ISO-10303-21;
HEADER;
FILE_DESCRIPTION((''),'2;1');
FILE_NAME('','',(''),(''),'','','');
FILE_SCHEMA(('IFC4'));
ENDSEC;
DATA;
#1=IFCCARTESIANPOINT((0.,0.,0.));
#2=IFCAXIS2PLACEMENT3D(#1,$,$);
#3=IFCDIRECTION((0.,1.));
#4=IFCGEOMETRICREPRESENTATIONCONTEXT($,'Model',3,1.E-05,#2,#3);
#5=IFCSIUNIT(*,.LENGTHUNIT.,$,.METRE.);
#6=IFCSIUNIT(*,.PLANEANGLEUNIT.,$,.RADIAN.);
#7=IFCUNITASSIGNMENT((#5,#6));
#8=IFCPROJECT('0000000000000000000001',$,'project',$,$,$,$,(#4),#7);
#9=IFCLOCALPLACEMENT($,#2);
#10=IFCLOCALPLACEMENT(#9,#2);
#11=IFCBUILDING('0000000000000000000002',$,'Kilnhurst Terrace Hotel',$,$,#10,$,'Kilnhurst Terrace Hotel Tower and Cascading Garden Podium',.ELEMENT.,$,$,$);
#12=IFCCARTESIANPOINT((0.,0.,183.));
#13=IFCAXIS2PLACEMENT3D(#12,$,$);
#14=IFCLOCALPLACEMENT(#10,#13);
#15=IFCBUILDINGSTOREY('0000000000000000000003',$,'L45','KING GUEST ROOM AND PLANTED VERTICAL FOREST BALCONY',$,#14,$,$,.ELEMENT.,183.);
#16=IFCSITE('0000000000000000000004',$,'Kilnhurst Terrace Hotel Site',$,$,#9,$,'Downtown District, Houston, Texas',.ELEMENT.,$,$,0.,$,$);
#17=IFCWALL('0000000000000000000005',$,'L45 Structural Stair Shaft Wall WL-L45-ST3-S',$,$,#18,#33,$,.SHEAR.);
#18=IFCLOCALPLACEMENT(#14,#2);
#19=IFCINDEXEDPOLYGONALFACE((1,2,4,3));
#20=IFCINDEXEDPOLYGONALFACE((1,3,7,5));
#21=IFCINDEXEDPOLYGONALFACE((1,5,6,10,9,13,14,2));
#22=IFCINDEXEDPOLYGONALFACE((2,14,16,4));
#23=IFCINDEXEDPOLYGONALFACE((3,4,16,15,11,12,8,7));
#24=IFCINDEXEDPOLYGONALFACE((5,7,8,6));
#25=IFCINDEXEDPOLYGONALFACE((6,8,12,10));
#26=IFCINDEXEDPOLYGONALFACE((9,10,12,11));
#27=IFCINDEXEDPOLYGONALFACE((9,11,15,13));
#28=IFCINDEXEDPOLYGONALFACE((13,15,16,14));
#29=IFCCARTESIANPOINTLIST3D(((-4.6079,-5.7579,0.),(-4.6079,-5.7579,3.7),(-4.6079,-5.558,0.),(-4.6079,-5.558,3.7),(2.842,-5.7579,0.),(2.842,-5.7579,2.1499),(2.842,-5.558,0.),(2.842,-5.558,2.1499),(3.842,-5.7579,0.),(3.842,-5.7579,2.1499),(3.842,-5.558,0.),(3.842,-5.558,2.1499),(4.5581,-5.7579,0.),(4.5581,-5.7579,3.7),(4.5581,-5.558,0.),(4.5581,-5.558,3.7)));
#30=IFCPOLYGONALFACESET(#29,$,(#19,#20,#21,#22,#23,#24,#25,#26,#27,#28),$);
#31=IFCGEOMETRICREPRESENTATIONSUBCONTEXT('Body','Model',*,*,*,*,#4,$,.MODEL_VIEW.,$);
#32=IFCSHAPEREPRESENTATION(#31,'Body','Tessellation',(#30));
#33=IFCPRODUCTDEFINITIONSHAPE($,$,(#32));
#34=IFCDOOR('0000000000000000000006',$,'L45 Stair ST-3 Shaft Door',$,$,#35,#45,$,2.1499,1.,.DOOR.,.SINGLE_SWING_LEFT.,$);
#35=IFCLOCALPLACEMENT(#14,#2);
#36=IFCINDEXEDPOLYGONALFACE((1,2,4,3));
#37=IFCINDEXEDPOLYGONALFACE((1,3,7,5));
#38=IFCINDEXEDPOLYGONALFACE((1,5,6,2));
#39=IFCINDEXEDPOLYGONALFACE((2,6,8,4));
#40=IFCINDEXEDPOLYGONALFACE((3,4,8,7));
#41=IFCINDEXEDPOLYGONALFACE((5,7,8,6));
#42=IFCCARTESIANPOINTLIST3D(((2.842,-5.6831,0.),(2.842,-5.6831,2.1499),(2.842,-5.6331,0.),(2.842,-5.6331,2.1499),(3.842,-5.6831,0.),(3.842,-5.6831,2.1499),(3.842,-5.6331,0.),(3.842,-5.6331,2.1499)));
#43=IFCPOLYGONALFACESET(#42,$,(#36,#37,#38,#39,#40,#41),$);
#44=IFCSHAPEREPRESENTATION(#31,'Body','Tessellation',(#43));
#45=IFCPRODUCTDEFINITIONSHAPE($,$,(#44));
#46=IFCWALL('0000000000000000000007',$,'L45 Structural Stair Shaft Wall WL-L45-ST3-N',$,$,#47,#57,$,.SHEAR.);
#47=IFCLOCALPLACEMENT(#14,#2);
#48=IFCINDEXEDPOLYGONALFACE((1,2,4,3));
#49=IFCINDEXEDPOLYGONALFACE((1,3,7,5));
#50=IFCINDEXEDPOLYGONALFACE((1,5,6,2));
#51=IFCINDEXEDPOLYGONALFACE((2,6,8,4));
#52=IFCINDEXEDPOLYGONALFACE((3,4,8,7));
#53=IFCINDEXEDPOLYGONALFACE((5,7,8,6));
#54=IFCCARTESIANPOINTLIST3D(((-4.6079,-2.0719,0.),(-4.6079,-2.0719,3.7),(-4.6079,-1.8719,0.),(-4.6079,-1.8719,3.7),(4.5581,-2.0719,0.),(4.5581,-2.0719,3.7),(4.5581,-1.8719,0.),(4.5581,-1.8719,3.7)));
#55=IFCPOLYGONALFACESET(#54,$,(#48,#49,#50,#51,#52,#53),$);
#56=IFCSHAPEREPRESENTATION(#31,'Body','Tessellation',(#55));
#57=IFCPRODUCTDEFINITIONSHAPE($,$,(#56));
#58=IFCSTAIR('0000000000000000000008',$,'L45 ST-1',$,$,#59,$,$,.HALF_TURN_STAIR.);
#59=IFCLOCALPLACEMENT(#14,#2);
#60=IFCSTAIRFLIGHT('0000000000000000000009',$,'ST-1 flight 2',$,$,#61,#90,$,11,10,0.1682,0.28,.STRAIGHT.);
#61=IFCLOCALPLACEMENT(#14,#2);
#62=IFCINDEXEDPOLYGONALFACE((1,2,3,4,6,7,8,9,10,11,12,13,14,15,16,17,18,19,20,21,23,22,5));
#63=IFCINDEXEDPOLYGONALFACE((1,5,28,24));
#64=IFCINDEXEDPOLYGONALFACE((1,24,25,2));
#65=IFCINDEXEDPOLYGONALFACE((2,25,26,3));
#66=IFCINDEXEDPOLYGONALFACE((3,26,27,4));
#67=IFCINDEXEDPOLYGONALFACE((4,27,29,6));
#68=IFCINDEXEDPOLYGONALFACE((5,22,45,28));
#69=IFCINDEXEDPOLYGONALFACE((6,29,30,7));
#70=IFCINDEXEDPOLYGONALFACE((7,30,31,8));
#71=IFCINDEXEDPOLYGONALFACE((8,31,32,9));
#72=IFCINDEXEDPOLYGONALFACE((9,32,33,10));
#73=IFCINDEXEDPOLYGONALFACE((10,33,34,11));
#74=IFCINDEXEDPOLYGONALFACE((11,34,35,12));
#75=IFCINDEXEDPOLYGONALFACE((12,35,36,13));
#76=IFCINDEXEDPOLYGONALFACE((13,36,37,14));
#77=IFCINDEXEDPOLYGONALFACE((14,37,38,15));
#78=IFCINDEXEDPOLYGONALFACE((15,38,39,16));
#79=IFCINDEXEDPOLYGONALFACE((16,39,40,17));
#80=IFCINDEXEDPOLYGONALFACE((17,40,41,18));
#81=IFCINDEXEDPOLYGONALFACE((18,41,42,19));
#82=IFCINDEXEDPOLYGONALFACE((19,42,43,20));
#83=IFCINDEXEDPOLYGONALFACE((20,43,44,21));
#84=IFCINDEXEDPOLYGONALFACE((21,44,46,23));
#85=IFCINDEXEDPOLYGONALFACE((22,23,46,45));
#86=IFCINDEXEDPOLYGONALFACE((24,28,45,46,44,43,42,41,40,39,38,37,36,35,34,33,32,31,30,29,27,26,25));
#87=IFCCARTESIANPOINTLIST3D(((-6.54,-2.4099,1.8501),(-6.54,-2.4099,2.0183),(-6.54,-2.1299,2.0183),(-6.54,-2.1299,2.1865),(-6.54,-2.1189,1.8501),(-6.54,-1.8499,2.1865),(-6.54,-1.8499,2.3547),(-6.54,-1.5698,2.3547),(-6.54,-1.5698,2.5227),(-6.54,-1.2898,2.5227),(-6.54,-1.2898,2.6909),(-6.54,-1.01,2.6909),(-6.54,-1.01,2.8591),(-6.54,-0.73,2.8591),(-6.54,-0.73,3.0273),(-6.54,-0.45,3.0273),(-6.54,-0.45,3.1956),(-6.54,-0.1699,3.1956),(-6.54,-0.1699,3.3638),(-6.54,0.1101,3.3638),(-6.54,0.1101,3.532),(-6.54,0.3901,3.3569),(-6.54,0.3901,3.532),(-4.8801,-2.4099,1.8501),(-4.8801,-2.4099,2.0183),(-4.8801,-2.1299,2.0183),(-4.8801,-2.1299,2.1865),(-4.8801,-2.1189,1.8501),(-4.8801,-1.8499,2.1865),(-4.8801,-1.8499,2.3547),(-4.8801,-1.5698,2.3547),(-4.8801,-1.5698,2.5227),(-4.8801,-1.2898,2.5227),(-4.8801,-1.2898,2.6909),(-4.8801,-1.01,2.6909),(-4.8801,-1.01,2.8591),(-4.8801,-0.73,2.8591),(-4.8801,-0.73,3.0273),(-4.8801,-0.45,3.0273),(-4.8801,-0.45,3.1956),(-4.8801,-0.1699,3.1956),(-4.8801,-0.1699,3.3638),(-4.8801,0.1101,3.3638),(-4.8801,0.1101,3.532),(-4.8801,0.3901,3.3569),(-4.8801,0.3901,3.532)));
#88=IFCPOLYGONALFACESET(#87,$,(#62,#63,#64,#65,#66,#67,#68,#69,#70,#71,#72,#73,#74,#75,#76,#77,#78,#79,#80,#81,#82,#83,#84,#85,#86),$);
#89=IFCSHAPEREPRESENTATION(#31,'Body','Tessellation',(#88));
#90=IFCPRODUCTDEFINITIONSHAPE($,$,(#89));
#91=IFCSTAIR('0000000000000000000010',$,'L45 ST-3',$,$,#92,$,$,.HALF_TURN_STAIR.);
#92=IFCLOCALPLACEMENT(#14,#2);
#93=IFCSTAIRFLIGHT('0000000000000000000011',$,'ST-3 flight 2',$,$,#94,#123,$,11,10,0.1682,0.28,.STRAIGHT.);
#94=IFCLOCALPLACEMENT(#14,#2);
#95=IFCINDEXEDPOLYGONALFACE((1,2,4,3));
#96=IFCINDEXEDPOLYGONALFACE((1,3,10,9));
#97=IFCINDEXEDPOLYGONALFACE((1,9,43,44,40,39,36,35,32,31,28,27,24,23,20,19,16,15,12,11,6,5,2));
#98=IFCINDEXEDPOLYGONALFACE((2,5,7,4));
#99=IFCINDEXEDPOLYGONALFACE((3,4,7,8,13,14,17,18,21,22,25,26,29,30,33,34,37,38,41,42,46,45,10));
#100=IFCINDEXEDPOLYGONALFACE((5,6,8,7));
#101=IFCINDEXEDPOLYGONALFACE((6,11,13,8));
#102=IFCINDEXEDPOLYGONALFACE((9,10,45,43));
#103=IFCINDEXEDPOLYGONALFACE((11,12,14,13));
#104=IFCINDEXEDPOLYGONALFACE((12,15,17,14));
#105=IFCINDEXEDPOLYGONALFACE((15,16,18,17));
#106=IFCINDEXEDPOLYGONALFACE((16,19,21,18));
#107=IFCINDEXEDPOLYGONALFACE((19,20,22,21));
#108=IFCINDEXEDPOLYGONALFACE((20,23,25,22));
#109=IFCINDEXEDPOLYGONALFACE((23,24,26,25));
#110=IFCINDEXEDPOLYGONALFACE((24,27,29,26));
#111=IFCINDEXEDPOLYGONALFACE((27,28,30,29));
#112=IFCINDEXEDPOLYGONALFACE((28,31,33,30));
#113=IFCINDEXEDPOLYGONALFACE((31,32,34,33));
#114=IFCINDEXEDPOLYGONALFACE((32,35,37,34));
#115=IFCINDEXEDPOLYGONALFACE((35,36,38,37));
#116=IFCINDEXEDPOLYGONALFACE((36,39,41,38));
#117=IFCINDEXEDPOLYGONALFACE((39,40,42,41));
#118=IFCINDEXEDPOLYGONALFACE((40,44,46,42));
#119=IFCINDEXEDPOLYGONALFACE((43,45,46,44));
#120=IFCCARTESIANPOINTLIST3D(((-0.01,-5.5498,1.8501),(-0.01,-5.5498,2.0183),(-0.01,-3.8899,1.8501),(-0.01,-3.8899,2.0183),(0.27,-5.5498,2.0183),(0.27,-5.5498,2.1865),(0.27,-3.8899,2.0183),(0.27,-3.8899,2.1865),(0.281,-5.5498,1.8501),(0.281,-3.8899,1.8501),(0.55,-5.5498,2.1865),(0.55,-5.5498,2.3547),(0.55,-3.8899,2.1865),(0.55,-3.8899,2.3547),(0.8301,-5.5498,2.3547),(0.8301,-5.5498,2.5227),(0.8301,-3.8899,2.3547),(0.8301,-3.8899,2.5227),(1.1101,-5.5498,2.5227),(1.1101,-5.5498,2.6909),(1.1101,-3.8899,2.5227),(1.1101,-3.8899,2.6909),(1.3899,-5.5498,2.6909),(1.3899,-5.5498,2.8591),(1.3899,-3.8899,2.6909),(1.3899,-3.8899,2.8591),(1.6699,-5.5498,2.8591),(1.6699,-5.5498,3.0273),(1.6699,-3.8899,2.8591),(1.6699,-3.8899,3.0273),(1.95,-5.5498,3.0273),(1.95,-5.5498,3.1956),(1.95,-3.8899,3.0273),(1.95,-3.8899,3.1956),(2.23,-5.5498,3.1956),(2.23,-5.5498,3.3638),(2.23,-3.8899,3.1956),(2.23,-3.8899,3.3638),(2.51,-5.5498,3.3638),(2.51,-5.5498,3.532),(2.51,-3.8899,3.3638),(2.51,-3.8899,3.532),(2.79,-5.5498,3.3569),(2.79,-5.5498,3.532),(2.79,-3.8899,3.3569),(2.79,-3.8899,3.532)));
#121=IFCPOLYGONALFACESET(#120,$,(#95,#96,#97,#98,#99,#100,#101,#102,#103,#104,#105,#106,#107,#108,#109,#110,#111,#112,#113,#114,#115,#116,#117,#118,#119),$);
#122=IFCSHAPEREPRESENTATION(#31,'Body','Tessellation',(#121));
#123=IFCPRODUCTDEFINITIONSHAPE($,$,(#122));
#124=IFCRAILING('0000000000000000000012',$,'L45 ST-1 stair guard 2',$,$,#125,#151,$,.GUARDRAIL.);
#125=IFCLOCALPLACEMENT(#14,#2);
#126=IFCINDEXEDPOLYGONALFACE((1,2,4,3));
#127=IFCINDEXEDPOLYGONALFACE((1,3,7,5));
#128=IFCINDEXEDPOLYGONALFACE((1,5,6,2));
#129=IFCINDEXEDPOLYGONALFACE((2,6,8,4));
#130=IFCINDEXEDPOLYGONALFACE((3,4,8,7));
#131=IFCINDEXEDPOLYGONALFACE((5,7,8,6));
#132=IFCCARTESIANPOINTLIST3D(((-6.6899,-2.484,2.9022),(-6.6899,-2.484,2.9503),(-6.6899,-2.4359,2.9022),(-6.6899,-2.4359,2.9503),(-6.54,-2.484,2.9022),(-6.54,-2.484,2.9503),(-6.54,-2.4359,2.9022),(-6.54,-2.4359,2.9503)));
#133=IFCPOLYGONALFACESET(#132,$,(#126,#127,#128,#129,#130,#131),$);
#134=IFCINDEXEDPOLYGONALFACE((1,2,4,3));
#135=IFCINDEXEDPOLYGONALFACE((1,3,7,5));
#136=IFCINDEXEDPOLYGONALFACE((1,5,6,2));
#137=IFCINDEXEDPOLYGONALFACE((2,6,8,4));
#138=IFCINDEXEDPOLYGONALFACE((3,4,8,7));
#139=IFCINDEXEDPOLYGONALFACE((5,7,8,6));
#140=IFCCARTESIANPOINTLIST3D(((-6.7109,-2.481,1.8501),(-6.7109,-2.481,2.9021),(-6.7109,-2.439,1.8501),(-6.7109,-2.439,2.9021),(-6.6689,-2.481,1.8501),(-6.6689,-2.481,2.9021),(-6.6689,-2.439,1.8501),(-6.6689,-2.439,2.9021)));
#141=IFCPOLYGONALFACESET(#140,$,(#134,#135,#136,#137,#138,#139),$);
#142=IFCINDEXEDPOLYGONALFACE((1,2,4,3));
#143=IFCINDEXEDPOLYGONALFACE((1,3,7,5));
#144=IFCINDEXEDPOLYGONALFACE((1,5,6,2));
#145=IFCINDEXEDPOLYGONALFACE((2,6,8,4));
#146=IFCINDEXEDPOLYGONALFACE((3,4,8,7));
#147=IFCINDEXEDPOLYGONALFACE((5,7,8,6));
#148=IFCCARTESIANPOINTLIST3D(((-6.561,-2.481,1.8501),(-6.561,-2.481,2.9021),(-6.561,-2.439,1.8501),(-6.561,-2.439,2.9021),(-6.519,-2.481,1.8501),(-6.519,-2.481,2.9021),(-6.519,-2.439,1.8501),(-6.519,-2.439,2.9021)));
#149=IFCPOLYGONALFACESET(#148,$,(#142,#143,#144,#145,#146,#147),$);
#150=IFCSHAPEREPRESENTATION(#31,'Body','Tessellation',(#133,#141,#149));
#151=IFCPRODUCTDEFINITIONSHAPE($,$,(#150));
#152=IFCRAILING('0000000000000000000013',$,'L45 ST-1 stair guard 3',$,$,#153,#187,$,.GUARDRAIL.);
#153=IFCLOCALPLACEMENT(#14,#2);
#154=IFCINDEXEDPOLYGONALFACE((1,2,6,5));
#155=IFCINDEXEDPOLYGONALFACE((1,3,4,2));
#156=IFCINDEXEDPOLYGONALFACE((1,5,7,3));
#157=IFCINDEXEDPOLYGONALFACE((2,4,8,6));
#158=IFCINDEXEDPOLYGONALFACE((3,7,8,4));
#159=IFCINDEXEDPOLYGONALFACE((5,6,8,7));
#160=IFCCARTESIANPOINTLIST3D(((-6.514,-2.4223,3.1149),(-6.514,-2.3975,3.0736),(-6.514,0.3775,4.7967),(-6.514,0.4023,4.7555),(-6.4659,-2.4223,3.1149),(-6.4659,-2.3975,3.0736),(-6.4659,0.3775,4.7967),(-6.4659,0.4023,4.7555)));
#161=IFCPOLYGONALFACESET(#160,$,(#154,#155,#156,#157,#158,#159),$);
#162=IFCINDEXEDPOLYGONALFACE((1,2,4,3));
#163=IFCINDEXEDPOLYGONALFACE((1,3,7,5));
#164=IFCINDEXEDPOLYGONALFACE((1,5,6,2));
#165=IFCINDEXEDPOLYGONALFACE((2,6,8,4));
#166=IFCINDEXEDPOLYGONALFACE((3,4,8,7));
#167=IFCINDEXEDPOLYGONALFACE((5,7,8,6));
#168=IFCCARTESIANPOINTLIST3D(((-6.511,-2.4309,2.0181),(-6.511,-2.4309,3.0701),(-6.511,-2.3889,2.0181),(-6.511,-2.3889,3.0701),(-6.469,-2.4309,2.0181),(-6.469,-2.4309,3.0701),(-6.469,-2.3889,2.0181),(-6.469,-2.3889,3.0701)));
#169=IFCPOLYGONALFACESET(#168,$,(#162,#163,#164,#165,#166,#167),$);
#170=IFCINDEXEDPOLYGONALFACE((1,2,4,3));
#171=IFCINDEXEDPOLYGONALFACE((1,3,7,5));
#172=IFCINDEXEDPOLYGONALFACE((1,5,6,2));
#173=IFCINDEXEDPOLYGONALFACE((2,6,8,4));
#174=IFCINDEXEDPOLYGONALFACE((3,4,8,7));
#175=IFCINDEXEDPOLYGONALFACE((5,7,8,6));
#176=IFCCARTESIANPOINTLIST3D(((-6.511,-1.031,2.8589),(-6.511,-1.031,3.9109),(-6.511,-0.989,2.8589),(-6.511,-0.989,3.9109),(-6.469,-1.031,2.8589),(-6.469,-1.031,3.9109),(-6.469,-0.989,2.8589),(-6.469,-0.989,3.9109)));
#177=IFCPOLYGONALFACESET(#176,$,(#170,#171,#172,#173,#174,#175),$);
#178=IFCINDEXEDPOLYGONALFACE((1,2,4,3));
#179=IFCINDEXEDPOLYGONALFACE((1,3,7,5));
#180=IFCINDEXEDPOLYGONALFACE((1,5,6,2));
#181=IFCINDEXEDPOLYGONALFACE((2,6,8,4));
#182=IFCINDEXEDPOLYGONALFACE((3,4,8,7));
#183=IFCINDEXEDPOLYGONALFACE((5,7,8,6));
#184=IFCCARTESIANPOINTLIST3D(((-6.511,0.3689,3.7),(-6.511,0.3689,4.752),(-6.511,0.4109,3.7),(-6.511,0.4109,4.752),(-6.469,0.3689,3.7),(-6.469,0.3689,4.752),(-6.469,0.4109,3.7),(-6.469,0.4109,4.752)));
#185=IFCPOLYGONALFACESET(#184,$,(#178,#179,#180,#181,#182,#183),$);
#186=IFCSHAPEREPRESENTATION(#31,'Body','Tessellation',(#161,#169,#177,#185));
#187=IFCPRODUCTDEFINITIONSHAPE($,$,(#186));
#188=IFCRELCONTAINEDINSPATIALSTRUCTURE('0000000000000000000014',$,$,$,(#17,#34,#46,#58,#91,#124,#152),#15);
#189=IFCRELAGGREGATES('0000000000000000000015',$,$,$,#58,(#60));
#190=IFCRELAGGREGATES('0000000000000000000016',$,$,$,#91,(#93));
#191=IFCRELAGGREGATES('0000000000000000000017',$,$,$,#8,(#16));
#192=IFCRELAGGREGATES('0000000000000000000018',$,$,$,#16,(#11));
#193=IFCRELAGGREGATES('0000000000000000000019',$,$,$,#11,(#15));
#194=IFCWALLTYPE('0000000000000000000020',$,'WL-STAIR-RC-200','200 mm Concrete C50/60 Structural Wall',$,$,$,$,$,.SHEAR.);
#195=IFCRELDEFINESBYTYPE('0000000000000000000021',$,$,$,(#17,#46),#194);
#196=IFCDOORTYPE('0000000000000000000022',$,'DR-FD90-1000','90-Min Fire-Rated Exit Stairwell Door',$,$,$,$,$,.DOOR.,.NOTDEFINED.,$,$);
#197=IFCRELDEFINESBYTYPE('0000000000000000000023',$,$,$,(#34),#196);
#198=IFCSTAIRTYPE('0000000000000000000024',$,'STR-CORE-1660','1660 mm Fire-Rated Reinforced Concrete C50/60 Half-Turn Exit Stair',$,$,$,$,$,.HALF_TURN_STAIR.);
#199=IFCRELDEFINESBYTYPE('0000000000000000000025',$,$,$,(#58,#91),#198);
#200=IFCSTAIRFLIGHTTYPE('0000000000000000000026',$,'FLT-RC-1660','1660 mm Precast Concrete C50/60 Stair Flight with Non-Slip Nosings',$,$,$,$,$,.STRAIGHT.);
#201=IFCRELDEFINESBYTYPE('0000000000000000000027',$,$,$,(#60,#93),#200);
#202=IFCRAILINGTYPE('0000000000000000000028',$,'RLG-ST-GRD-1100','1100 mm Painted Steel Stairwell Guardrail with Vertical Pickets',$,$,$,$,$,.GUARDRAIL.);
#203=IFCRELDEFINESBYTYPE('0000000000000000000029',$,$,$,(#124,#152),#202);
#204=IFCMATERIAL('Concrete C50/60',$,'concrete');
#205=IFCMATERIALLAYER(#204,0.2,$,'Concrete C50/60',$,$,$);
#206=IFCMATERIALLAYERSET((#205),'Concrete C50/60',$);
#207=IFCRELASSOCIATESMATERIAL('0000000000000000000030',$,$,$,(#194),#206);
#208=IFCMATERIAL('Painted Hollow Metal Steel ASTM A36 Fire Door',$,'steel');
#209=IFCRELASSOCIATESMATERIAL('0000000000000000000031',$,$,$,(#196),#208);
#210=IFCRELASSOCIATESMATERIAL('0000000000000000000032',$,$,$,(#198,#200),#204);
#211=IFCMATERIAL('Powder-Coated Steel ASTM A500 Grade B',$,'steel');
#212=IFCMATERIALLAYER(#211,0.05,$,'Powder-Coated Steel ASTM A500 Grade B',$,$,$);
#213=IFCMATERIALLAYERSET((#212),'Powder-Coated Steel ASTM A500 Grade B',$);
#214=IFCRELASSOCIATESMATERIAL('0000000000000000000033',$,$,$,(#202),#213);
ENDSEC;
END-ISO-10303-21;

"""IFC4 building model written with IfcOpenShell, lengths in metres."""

from ifc_helpers import new_model, si_unit, direction, frame, frame_2d, origin, origin_2d, place, context, subcontext, project, spatial, polyline, rectangle, outline, extrude, material, layer, layer_set, type_object, element, fill, aggregate, save


model = new_model("IFC4")

# Units and contexts
model_context = context("Model", 3, precision=1e-05, world=origin(), true_north=direction((0.0, 1.0)))
body_context = subcontext(model_context, "Body", "Model", "MODEL_VIEW")
ifc_project = project(units=[si_unit("LENGTHUNIT", "METRE"), si_unit("PLANEANGLEUNIT", "RADIAN")], contexts=[model_context])

# Site, building, storey
site_placement = place(None, origin())
site = spatial("IfcSite", under=ifc_project, at=site_placement, Name="Kilnhurst Terrace Hotel Site", LongName="Downtown District, Houston, Texas", CompositionType="ELEMENT", RefElevation=0.0)
building_placement = place(site_placement, origin())
building = spatial("IfcBuilding", under=site, at=building_placement, Name="Kilnhurst Terrace Hotel", LongName="Kilnhurst Terrace Hotel Tower and Cascading Garden Podium", CompositionType="ELEMENT")
storey_placement = place(building_placement, frame((0.0, 0.0, 183.0)))
storey = spatial("IfcBuildingStorey", under=building, at=storey_placement, Name="L45", Description="KING GUEST ROOM AND PLANTED VERTICAL FOREST BALCONY", CompositionType="ELEMENT", Elevation=183.0)

# Shared definitions
ifc_material_1 = material(Name="Concrete C50/60", Category="concrete")

# Shared definitions
ifc_layer_1 = layer(ifc_material_1, 0.2, Name="Concrete C50/60")
ifc_layer_set_1 = layer_set([ifc_layer_1], Name="Concrete C50/60")
wall_type_1 = type_object("IfcWallType", Name="WL-STAIR-RC-200", Description="200 mm Concrete C50/60 Structural Wall", PredefinedType="SHEAR", material=ifc_layer_set_1)

# Wall, opening, door
wall_1_placement = place(storey_placement, frame((-4.6079, -5.658, 0.0), z_axis=(0.0, 0.0, 1.0), x_axis=(1.0, 0.0, 0.0)))
wall_1 = element("IfcWall", 1, at=wall_1_placement, inside=storey, type_object=wall_type_1, Name="L45 Structural Stair Shaft Wall WL-L45-ST3-S", PredefinedType="SHEAR", context=body_context, shape_type="SweptSolid", body=[
    extrude(rectangle(XDim=9.166, YDim=0.2, at=frame_2d((4.583, 0.0))), origin(), (0.0, 0.0, 1.0), 3.7),
])
opening_1_placement = place(wall_1_placement, frame((7.45, 0.0, 0.0)))
opening_1 = element("IfcOpeningElement", 2, at=opening_1_placement, cuts=wall_1, PredefinedType="OPENING", context=body_context, shape_type="SweptSolid", body=[
    extrude(rectangle(XDim=1.0, YDim=2.1499, at=frame_2d((0.5, 1.075))), frame((0.0, 0.1099, 0.0), z_axis=(0.0, -1.0, 0.0), x_axis=(1.0, 0.0, 0.0)), (0.0, 0.0, 1.0), 0.22),
])
ifc_material_2 = material(Name="Painted Hollow Metal Steel ASTM A36 Fire Door", Category="steel")
door_type_1 = type_object("IfcDoorType", Name="DR-FD90-1000", Description="90-Min Fire-Rated Exit Stairwell Door", OperationType="NOTDEFINED", PredefinedType="DOOR", material=ifc_material_2)
door_1_placement = place(opening_1_placement, origin())
door_1 = element("IfcDoor", 3, at=door_1_placement, inside=storey, type_object=door_type_1, Name="L45 Stair ST-3 Shaft Door", OperationType="SINGLE_SWING_LEFT", OverallHeight=2.1499, OverallWidth=1.0, PredefinedType="DOOR", context=body_context, shape_type="SweptSolid", body=[
    extrude(rectangle(XDim=1.0, YDim=2.1499, at=frame_2d((0.5, 1.075))), frame((0.0, 0.0249, 0.0), z_axis=(0.0, -1.0, 0.0), x_axis=(1.0, 0.0, 0.0)), (0.0, 0.0, 1.0), 0.05),
])
fill(opening_1, door_1)

# Wall
wall_2_placement = place(storey_placement, frame((-4.6079, -1.9719, 0.0), z_axis=(0.0, 0.0, 1.0), x_axis=(1.0, 0.0, 0.0)))
element("IfcWall", 4, at=wall_2_placement, inside=storey, type_object=wall_type_1, Name="L45 Structural Stair Shaft Wall WL-L45-ST3-N", PredefinedType="SHEAR", context=body_context, shape_type="SweptSolid", body=[
    extrude(rectangle(XDim=9.166, YDim=0.2, at=frame_2d((4.583, 0.0))), origin(), (0.0, 0.0, 1.0), 3.7),
])

# Stairs, stair flights
stair_type = type_object("IfcStairType", Name="STR-CORE-1660", Description="1660 mm Fire-Rated Reinforced Concrete C50/60 Half-Turn Exit Stair", PredefinedType="HALF_TURN_STAIR", material=ifc_material_1)
stair_1_placement = place(storey_placement, origin())
stair_1 = element("IfcStair", 5, at=stair_1_placement, inside=storey, type_object=stair_type, Name="L45 ST-1", PredefinedType="HALF_TURN_STAIR")
stair_flight_type = type_object("IfcStairFlightType", Name="FLT-RC-1660", Description="1660 mm Precast Concrete C50/60 Stair Flight with Non-Slip Nosings", PredefinedType="STRAIGHT", material=ifc_material_1)
stair_flight_1_placement = place(storey_placement, frame((-5.71, -2.4099, 1.8501), z_axis=(0.0, 0.0, 1.0), x_axis=(0.0, 1.0, 0.0)))
stair_flight_1 = element("IfcStairFlight", 6, at=stair_flight_1_placement, type_object=stair_flight_type, Name="ST-1 flight 2", NumberOfRisers=11, NumberOfTreads=10, PredefinedType="STRAIGHT", RiserHeight=0.1682, TreadLength=0.28, context=body_context, shape_type="SweptSolid", body=[
    extrude(outline(polyline([(0.0, 0.0), (0.0, 0.1682), (0.28, 0.1682), (0.28, 0.3364), (0.5601, 0.3364), (0.5601, 0.5046), (0.8401, 0.5046), (0.8401, 0.6726), (1.1201, 0.6726), (1.1201, 0.8408), (1.3999, 0.8408), (1.3999, 1.009), (1.6799, 1.009), (1.6799, 1.1772), (1.96, 1.1772), (1.96, 1.3455), (2.24, 1.3455), (2.24, 1.5137), (2.52, 1.5137), (2.52, 1.6819), (2.8, 1.6819), (2.8, 1.8501), (2.8, 1.5068), (0.291, 0.0), (0.0, 0.0)])), frame((0.0, 0.8301, 0.0), z_axis=(0.0, -1.0, 0.0), x_axis=(1.0, 0.0, 0.0)), (0.0, 0.0, 1.0), 1.6599),
])
aggregate(stair_1, [stair_flight_1])
stair_2_placement = place(storey_placement, origin())
stair_2 = element("IfcStair", 7, at=stair_2_placement, inside=storey, type_object=stair_type, Name="L45 ST-3", PredefinedType="HALF_TURN_STAIR")
stair_flight_2_placement = place(storey_placement, frame((-0.01, -4.72, 1.8501), z_axis=(0.0, 0.0, 1.0), x_axis=(1.0, 0.0, 0.0)))
stair_flight_2 = element("IfcStairFlight", 8, at=stair_flight_2_placement, type_object=stair_flight_type, Name="ST-3 flight 2", NumberOfRisers=11, NumberOfTreads=10, PredefinedType="STRAIGHT", RiserHeight=0.1682, TreadLength=0.28, context=body_context, shape_type="SweptSolid", body=[
    extrude(outline(polyline([(0.0, 0.0), (0.0, 0.1682), (0.28, 0.1682), (0.28, 0.3364), (0.5601, 0.3364), (0.5601, 0.5046), (0.8401, 0.5046), (0.8401, 0.6726), (1.1201, 0.6726), (1.1201, 0.8408), (1.3999, 0.8408), (1.3999, 1.009), (1.6799, 1.009), (1.6799, 1.1772), (1.96, 1.1772), (1.96, 1.3455), (2.24, 1.3455), (2.24, 1.5137), (2.52, 1.5137), (2.52, 1.6819), (2.8, 1.6819), (2.8, 1.8501), (2.8, 1.5068), (0.291, 0.0), (0.0, 0.0)])), frame((0.0, 0.8301, 0.0), z_axis=(0.0, -1.0, 0.0), x_axis=(1.0, 0.0, 0.0)), (0.0, 0.0, 1.0), 1.6599),
])
aggregate(stair_2, [stair_flight_2])

# Railings
ifc_material_3 = material(Name="Powder-Coated Steel ASTM A500 Grade B", Category="steel")
ifc_layer_2 = layer(ifc_material_3, 0.05, Name="Powder-Coated Steel ASTM A500 Grade B")
ifc_layer_set_2 = layer_set([ifc_layer_2], Name="Powder-Coated Steel ASTM A500 Grade B")
railing_type_1 = type_object("IfcRailingType", Name="RLG-ST-GRD-1100", Description="1100 mm Painted Steel Stairwell Guardrail with Vertical Pickets", PredefinedType="GUARDRAIL", material=ifc_layer_set_2)
railing_1_placement = place(storey_placement, frame((-6.6899, -2.46, 1.8501)))
element("IfcRailing", 9, at=railing_1_placement, inside=storey, type_object=railing_type_1, Name="L45 ST-1 stair guard 2", PredefinedType="GUARDRAIL", context=body_context, shape_type="SweptSolid", body=[
    extrude(rectangle(XDim=0.0481, YDim=0.0481, at=origin_2d()), frame((0.0, 0.0, 1.0762), z_axis=(1.0, 0.0, 0.0), x_axis=(0.0, 1.0, 0.0)), (0.0, 0.0, 1.0), 0.1499),
    extrude(rectangle(XDim=0.042, YDim=0.042, at=origin_2d()), origin(), (0.0, 0.0, 1.0), 1.052),
    extrude(rectangle(XDim=0.042, YDim=0.042, at=origin_2d()), frame((0.1499, 0.0, 0.0)), (0.0, 0.0, 1.0), 1.052),
])
railing_2_placement = place(storey_placement, frame((-6.49, -2.4099, 2.0181)))
element("IfcRailing", 10, at=railing_2_placement, inside=storey, type_object=railing_type_1, Name="L45 ST-1 stair guard 3", PredefinedType="GUARDRAIL", context=body_context, shape_type="SweptSolid", body=[
    extrude(rectangle(XDim=0.0481, YDim=0.0481, at=origin_2d()), frame((0.0, 0.0, 1.0762), z_axis=(0.0, 0.857222, 0.514946), x_axis=(-1.0, 0.0, 0.0)), (0.0, 0.0, 1.0), 3.2661),
    extrude(rectangle(XDim=0.042, YDim=0.042, at=origin_2d()), origin(), (0.0, 0.0, 1.0), 1.052),
    extrude(rectangle(XDim=0.042, YDim=0.042, at=origin_2d()), frame((0.0, 1.3999, 0.8408)), (0.0, 0.0, 1.0), 1.052),
    extrude(rectangle(XDim=0.042, YDim=0.042, at=origin_2d()), frame((0.0, 2.7998, 1.6819)), (0.0, 0.0, 1.0), 1.052),
])

save(model, "model.ifc")
